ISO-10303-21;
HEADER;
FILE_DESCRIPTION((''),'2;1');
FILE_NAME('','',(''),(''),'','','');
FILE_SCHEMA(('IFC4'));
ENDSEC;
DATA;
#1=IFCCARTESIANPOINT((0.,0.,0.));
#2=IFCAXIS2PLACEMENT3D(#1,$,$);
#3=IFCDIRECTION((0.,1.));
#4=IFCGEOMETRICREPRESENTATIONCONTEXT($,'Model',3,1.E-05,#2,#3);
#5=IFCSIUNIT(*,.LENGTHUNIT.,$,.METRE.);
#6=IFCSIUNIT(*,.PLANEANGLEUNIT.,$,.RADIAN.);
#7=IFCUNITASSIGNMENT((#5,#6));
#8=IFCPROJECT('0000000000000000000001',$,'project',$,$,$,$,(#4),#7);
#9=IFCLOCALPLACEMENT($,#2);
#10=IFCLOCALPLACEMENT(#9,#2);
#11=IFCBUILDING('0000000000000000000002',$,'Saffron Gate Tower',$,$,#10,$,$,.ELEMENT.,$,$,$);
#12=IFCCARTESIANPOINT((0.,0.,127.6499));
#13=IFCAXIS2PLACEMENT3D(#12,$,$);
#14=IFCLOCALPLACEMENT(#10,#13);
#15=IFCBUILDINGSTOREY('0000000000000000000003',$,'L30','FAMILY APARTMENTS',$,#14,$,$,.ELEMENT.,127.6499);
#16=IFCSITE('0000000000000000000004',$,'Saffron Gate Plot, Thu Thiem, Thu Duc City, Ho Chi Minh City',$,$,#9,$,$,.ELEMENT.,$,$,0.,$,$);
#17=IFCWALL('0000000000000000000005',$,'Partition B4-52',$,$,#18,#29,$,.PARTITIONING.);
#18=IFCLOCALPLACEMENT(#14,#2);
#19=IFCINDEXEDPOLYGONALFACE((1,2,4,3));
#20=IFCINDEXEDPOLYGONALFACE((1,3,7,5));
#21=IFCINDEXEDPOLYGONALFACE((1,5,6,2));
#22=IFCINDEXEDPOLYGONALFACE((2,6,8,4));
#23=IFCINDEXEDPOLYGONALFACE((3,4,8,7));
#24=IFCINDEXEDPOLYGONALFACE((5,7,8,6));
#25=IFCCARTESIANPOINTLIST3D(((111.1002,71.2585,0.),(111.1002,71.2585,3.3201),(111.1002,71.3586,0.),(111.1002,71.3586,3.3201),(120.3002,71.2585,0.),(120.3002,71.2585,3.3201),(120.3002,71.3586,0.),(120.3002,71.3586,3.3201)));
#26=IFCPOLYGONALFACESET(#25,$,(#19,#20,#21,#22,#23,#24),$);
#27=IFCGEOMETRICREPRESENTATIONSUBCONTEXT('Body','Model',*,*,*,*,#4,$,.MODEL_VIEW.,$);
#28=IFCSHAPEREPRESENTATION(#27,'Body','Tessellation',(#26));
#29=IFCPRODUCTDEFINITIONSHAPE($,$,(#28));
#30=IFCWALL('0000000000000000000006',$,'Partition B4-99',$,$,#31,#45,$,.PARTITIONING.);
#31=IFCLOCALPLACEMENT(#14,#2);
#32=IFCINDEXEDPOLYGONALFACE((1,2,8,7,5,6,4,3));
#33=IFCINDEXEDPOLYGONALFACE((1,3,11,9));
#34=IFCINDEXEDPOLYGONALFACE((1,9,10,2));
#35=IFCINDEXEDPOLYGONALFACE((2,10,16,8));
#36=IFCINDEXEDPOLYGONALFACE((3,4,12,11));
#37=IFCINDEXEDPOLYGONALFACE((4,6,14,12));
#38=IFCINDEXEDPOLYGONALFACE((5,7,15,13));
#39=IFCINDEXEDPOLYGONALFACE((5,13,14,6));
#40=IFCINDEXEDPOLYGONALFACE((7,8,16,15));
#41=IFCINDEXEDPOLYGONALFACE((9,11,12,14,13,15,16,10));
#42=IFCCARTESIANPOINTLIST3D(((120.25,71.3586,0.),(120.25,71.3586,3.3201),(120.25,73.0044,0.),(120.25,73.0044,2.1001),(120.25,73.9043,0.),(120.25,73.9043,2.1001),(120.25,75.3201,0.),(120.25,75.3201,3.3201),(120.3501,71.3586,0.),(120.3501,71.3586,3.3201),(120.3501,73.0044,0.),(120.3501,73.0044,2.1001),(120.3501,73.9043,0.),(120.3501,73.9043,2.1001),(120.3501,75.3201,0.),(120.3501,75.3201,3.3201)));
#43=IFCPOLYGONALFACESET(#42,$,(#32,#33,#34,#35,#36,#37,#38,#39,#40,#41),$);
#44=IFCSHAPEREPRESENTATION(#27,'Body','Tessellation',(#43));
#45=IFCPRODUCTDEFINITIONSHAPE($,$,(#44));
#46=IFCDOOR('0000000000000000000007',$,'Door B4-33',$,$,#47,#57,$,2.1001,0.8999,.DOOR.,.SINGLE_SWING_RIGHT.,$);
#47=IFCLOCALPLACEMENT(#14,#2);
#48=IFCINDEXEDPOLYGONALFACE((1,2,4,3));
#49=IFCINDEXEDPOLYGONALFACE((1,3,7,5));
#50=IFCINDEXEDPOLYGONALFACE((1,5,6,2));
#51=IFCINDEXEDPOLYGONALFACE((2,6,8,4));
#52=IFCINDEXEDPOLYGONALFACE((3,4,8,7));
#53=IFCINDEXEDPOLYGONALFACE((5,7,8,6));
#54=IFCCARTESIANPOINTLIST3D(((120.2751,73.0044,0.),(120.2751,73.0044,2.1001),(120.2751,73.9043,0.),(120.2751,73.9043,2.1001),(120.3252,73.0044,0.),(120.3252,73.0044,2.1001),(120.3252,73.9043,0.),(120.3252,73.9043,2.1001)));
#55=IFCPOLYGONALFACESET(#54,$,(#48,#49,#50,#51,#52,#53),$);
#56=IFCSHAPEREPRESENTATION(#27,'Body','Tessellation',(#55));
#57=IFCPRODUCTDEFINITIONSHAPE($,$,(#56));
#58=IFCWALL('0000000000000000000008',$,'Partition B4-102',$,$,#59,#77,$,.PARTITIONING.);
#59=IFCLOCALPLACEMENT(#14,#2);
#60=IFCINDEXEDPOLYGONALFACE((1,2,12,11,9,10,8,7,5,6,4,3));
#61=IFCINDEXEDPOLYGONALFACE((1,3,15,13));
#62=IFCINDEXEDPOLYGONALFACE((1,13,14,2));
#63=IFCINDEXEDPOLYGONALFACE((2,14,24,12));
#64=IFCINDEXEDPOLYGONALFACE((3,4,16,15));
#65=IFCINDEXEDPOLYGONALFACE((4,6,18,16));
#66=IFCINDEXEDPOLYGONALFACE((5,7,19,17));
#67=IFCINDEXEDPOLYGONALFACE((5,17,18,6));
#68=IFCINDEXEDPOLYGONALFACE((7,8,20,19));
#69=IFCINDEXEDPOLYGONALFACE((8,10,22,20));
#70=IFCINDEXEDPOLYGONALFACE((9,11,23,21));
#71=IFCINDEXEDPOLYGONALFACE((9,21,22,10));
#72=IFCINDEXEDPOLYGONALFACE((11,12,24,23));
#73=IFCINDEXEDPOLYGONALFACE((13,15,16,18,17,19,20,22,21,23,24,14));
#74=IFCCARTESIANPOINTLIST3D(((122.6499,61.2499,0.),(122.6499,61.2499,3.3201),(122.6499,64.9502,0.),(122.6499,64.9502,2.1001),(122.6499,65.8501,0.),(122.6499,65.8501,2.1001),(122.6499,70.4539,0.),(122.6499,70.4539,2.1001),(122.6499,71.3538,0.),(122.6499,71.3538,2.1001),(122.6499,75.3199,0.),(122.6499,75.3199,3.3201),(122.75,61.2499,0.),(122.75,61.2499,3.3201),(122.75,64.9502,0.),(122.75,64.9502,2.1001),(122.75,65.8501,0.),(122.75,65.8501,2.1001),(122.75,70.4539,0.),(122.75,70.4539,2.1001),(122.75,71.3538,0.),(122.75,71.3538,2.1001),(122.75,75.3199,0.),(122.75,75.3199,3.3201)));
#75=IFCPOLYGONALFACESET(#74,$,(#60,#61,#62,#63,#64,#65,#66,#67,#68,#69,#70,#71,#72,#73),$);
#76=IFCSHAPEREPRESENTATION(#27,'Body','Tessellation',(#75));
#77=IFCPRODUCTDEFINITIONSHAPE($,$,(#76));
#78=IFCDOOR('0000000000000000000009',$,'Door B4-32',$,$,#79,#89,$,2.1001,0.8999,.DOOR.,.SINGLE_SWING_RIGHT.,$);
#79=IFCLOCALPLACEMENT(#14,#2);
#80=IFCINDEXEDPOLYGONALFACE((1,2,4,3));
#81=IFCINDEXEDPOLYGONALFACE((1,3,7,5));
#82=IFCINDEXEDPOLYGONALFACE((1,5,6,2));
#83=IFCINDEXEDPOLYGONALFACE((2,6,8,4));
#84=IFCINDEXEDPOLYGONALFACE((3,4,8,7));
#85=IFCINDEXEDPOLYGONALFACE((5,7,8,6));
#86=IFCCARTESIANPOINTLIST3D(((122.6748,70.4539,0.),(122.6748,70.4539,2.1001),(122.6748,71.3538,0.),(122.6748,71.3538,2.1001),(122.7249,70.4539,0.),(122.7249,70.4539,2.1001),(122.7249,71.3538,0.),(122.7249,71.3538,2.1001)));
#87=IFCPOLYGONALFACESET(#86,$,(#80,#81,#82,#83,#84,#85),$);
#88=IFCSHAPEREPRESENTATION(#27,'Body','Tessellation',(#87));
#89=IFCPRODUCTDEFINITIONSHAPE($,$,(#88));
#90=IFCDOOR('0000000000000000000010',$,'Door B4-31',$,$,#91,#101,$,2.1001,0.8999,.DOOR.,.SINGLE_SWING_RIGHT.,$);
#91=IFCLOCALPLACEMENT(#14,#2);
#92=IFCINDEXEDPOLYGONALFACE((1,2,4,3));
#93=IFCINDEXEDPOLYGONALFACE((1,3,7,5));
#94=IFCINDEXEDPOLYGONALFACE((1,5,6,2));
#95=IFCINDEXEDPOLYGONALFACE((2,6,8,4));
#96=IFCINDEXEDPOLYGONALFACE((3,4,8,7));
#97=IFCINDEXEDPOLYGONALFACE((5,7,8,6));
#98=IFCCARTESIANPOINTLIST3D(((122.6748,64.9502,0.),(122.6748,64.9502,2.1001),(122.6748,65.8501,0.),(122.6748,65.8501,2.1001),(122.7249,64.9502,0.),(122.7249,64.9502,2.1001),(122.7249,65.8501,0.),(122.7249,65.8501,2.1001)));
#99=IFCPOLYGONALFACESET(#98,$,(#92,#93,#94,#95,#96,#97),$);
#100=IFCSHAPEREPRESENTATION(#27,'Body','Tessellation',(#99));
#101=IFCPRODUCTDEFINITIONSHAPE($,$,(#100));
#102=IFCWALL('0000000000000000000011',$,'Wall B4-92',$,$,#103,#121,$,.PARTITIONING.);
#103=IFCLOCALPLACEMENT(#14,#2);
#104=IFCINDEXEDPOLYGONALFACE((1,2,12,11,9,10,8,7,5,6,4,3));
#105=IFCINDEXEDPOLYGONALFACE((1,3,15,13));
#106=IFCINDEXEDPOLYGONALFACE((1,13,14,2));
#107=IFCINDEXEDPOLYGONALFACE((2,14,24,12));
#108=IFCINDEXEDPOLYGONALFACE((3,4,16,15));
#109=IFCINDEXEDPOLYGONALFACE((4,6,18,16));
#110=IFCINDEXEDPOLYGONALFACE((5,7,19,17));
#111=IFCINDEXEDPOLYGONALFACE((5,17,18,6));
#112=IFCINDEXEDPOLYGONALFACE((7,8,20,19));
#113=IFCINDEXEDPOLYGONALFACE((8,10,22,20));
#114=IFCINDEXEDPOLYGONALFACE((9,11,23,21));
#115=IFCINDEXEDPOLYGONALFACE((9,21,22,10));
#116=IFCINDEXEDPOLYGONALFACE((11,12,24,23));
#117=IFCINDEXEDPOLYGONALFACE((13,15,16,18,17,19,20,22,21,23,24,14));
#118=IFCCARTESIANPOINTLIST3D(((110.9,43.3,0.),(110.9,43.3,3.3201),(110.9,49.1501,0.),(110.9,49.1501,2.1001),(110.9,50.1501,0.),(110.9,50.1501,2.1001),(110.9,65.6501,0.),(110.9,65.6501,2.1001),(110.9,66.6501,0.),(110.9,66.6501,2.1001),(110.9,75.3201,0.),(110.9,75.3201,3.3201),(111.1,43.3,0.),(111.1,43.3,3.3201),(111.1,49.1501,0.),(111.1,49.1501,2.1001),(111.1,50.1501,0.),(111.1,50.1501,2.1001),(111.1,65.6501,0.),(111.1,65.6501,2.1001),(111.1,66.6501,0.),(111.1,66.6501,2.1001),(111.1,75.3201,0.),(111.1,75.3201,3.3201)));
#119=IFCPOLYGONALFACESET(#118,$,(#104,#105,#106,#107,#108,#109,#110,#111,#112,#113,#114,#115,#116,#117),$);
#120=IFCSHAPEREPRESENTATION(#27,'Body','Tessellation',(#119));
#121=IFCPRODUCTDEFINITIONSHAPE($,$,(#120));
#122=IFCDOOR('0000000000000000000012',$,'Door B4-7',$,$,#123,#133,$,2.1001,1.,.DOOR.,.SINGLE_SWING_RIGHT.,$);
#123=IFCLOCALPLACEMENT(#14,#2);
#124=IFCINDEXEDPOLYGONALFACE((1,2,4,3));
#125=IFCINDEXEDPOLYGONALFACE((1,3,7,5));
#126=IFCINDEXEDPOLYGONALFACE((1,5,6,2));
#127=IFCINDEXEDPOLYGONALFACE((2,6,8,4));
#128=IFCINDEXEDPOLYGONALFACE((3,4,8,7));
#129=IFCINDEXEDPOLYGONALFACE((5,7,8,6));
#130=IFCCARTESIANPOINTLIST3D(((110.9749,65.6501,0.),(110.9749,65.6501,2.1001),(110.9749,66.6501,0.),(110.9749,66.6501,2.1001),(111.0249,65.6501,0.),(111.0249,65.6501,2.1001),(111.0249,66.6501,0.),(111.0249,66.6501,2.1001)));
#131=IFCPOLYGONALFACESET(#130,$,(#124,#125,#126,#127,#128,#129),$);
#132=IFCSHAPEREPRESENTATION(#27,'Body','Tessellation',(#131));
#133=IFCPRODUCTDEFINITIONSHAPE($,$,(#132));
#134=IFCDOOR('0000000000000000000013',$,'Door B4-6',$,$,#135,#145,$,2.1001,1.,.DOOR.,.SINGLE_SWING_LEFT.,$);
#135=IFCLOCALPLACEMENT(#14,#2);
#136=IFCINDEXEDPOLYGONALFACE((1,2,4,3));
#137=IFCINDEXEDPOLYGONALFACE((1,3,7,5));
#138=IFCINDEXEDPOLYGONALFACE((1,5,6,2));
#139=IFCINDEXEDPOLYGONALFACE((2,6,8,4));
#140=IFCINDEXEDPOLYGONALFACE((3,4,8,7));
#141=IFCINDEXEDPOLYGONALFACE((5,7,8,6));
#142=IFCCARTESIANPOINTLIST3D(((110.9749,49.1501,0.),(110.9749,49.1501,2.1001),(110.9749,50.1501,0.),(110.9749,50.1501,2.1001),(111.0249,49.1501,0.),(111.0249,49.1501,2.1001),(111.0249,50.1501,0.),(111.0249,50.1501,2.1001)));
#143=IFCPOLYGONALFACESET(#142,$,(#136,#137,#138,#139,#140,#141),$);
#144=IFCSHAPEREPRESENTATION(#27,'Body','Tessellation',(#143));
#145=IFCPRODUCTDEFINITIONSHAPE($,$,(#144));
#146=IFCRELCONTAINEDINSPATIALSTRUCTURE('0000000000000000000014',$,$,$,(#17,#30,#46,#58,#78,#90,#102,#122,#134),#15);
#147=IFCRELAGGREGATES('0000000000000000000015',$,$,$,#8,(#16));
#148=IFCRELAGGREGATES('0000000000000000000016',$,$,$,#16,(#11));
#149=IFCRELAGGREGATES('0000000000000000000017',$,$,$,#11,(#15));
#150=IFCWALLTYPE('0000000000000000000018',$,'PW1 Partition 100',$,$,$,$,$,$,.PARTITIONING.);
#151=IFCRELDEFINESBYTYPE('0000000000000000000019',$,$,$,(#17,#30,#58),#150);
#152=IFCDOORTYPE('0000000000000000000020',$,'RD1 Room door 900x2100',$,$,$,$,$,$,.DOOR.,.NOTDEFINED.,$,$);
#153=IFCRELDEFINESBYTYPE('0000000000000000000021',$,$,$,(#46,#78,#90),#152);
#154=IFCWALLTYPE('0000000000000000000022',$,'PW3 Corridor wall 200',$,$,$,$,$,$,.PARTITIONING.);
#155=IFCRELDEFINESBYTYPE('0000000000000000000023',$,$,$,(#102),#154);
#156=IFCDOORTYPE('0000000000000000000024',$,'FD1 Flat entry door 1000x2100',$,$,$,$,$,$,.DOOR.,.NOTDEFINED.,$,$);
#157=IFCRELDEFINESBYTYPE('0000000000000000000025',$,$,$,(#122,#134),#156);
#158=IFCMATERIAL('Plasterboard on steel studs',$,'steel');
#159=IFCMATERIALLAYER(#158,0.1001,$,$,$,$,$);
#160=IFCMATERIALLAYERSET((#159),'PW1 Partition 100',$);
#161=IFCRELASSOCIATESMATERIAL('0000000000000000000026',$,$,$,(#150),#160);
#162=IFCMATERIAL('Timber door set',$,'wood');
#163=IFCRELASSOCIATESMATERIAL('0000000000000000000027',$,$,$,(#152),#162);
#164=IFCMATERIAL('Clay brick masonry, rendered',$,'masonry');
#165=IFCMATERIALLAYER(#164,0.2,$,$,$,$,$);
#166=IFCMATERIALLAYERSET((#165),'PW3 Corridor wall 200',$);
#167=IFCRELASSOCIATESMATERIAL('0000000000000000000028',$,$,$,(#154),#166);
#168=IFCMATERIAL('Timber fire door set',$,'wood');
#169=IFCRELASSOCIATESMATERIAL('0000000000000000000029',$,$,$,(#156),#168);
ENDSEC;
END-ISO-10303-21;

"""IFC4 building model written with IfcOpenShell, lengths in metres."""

from ifc_helpers import new_model, si_unit, direction, frame, frame_2d, origin, place, context, subcontext, project, spatial, rectangle, extrude, material, layer, layer_set, type_object, element, fill, save


model = new_model("IFC4")

# Units and contexts
model_context = context("Model", 3, precision=1e-05, world=origin(), true_north=direction((0.0, 1.0)))
body_context = subcontext(model_context, "Body", "Model", "MODEL_VIEW")
ifc_project = project(units=[si_unit("LENGTHUNIT", "METRE"), si_unit("PLANEANGLEUNIT", "RADIAN")], contexts=[model_context])

# Site, building, storey
site_placement = place(None, origin())
site = spatial("IfcSite", under=ifc_project, at=site_placement, Name="Saffron Gate Plot, Thu Thiem, Thu Duc City, Ho Chi Minh City", CompositionType="ELEMENT", RefElevation=0.0)
building_placement = place(site_placement, origin())
building = spatial("IfcBuilding", under=site, at=building_placement, Name="Saffron Gate Tower", CompositionType="ELEMENT")
storey_placement = place(building_placement, frame((0.0, 0.0, 127.6499)))
storey = spatial("IfcBuildingStorey", under=building, at=storey_placement, Name="L30", Description="FAMILY APARTMENTS", CompositionType="ELEMENT", Elevation=127.6499)

# Wall
ifc_material_1 = material(Name="Plasterboard on steel studs", Category="steel")
ifc_layer_1 = layer(ifc_material_1, 0.1001)
ifc_layer_set_1 = layer_set([ifc_layer_1], Name="PW1 Partition 100")
wall_type_1 = type_object("IfcWallType", Name="PW1 Partition 100", PredefinedType="PARTITIONING", material=ifc_layer_set_1)
wall_1_placement = place(storey_placement, frame((111.1001, 71.3086, 0.0), z_axis=(0.0, 0.0, 1.0), x_axis=(1.0, 0.0, 0.0)))
element("IfcWall", 1, at=wall_1_placement, inside=storey, type_object=wall_type_1, Name="Partition B4-52", PredefinedType="PARTITIONING", context=body_context, shape_type="SweptSolid", body=[
    extrude(rectangle(XDim=9.2, YDim=0.1001, at=frame_2d((4.6001, 0.0))), origin(), (0.0, 0.0, 1.0), 3.3201),
])

# Wall, opening, door
wall_2_placement = place(storey_placement, frame((120.3, 71.3586, 0.0), z_axis=(0.0, 0.0, 1.0), x_axis=(0.0, 1.0, 0.0)))
wall_2 = element("IfcWall", 2, at=wall_2_placement, inside=storey, type_object=wall_type_1, Name="Partition B4-99", PredefinedType="PARTITIONING", context=body_context, shape_type="SweptSolid", body=[
    extrude(rectangle(XDim=3.9614, YDim=0.1001, at=frame_2d((1.9807, 0.0))), origin(), (0.0, 0.0, 1.0), 3.3201),
])
opening_1_placement = place(wall_2_placement, frame((1.6458, 0.0, 0.0)))
opening_1 = element("IfcOpeningElement", 3, at=opening_1_placement, cuts=wall_2, PredefinedType="OPENING", context=body_context, shape_type="SweptSolid", body=[
    extrude(rectangle(XDim=0.8999, YDim=2.1001, at=frame_2d((0.45, 1.05))), frame((0.0, 0.0601, 0.0), z_axis=(0.0, -1.0, 0.0), x_axis=(1.0, 0.0, 0.0)), (0.0, 0.0, 1.0), 0.1201),
])
ifc_material_2 = material(Name="Timber door set", Category="wood")
door_type_1 = type_object("IfcDoorType", Name="RD1 Room door 900x2100", OperationType="NOTDEFINED", PredefinedType="DOOR", material=ifc_material_2)
door_1_placement = place(opening_1_placement, origin())
door_1 = element("IfcDoor", 4, at=door_1_placement, inside=storey, type_object=door_type_1, Name="Door B4-33", OperationType="SINGLE_SWING_RIGHT", OverallHeight=2.1001, OverallWidth=0.8999, PredefinedType="DOOR", context=body_context, shape_type="SweptSolid", body=[
    extrude(rectangle(XDim=0.8999, YDim=2.1001, at=frame_2d((0.45, 1.05))), frame((0.0, 0.0249, 0.0), z_axis=(0.0, -1.0, 0.0), x_axis=(1.0, 0.0, 0.0)), (0.0, 0.0, 1.0), 0.05),
])
fill(opening_1, door_1)

# Walls, openings, doors
wall_3_placement = place(storey_placement, frame((122.7, 75.3201, 0.0), z_axis=(0.0, 0.0, 1.0), x_axis=(0.0, -1.0, 0.0)))
wall_3 = element("IfcWall", 5, at=wall_3_placement, inside=storey, type_object=wall_type_1, Name="Partition B4-102", PredefinedType="PARTITIONING", context=body_context, shape_type="SweptSolid", body=[
    extrude(rectangle(XDim=14.0701, YDim=0.1001, at=frame_2d((7.0352, 0.0))), origin(), (0.0, 0.0, 1.0), 3.3201),
])
opening_2_placement = place(wall_3_placement, frame((3.9663, 0.0, 0.0)))
opening_2 = element("IfcOpeningElement", 6, at=opening_2_placement, cuts=wall_3, PredefinedType="OPENING", context=body_context, shape_type="SweptSolid", body=[
    extrude(rectangle(XDim=0.8999, YDim=2.1001, at=frame_2d((0.45, 1.05))), frame((0.0, 0.0601, 0.0), z_axis=(0.0, -1.0, 0.0), x_axis=(1.0, 0.0, 0.0)), (0.0, 0.0, 1.0), 0.1201),
])
opening_3_placement = place(wall_3_placement, frame((9.47, 0.0, 0.0)))
opening_3 = element("IfcOpeningElement", 7, at=opening_3_placement, cuts=wall_3, PredefinedType="OPENING", context=body_context, shape_type="SweptSolid", body=[
    extrude(rectangle(XDim=0.8999, YDim=2.1001, at=frame_2d((0.45, 1.05))), frame((0.0, 0.0601, 0.0), z_axis=(0.0, -1.0, 0.0), x_axis=(1.0, 0.0, 0.0)), (0.0, 0.0, 1.0), 0.1201),
])
door_2_placement = place(opening_2_placement, origin())
door_2 = element("IfcDoor", 8, at=door_2_placement, inside=storey, type_object=door_type_1, Name="Door B4-32", OperationType="SINGLE_SWING_RIGHT", OverallHeight=2.1001, OverallWidth=0.8999, PredefinedType="DOOR", context=body_context, shape_type="SweptSolid", body=[
    extrude(rectangle(XDim=0.8999, YDim=2.1001, at=frame_2d((0.45, 1.05))), frame((0.0, 0.0249, 0.0), z_axis=(0.0, -1.0, 0.0), x_axis=(1.0, 0.0, 0.0)), (0.0, 0.0, 1.0), 0.05),
])
fill(opening_2, door_2)
door_3_placement = place(opening_3_placement, origin())
door_3 = element("IfcDoor", 9, at=door_3_placement, inside=storey, type_object=door_type_1, Name="Door B4-31", OperationType="SINGLE_SWING_RIGHT", OverallHeight=2.1001, OverallWidth=0.8999, PredefinedType="DOOR", context=body_context, shape_type="SweptSolid", body=[
    extrude(rectangle(XDim=0.8999, YDim=2.1001, at=frame_2d((0.45, 1.05))), frame((0.0, 0.0249, 0.0), z_axis=(0.0, -1.0, 0.0), x_axis=(1.0, 0.0, 0.0)), (0.0, 0.0, 1.0), 0.05),
])
fill(opening_3, door_3)
ifc_material_3 = material(Name="Clay brick masonry, rendered", Category="masonry")
ifc_layer_2 = layer(ifc_material_3, 0.2)
ifc_layer_set_2 = layer_set([ifc_layer_2], Name="PW3 Corridor wall 200")
wall_type_2 = type_object("IfcWallType", Name="PW3 Corridor wall 200", PredefinedType="PARTITIONING", material=ifc_layer_set_2)
wall_4_placement = place(storey_placement, frame((111.0, 75.3201, 0.0), z_axis=(0.0, 0.0, 1.0), x_axis=(0.0, -1.0, 0.0)))
wall_4 = element("IfcWall", 10, at=wall_4_placement, inside=storey, type_object=wall_type_2, Name="Wall B4-92", PredefinedType="PARTITIONING", context=body_context, shape_type="SweptSolid", body=[
    extrude(rectangle(XDim=32.02, YDim=0.2, at=frame_2d((16.01, 0.0))), origin(), (0.0, 0.0, 1.0), 3.3201),
])
opening_4_placement = place(wall_4_placement, frame((8.6699, 0.0, 0.0)))
opening_4 = element("IfcOpeningElement", 11, at=opening_4_placement, cuts=wall_4, PredefinedType="OPENING", context=body_context, shape_type="SweptSolid", body=[
    extrude(rectangle(XDim=1.0, YDim=2.1001, at=frame_2d((0.5, 1.05))), frame((0.0, 0.1099, 0.0), z_axis=(0.0, -1.0, 0.0), x_axis=(1.0, 0.0, 0.0)), (0.0, 0.0, 1.0), 0.22),
])
opening_5_placement = place(wall_4_placement, frame((25.1699, 0.0, 0.0)))
opening_5 = element("IfcOpeningElement", 12, at=opening_5_placement, cuts=wall_4, PredefinedType="OPENING", context=body_context, shape_type="SweptSolid", body=[
    extrude(rectangle(XDim=1.0, YDim=2.1001, at=frame_2d((0.5, 1.05))), frame((0.0, 0.1099, 0.0), z_axis=(0.0, -1.0, 0.0), x_axis=(1.0, 0.0, 0.0)), (0.0, 0.0, 1.0), 0.22),
])
ifc_material_4 = material(Name="Timber fire door set", Category="wood")
door_type_2 = type_object("IfcDoorType", Name="FD1 Flat entry door 1000x2100", OperationType="NOTDEFINED", PredefinedType="DOOR", material=ifc_material_4)
door_4_placement = place(opening_4_placement, origin())
door_4 = element("IfcDoor", 13, at=door_4_placement, inside=storey, type_object=door_type_2, Name="Door B4-7", OperationType="SINGLE_SWING_RIGHT", OverallHeight=2.1001, OverallWidth=1.0, PredefinedType="DOOR", context=body_context, shape_type="SweptSolid", body=[
    extrude(rectangle(XDim=1.0, YDim=2.1001, at=frame_2d((0.5, 1.05))), frame((0.0, 0.0249, 0.0), z_axis=(0.0, -1.0, 0.0), x_axis=(1.0, 0.0, 0.0)), (0.0, 0.0, 1.0), 0.05),
])
fill(opening_4, door_4)
door_5_placement = place(opening_5_placement, origin())
door_5 = element("IfcDoor", 14, at=door_5_placement, inside=storey, type_object=door_type_2, Name="Door B4-6", OperationType="SINGLE_SWING_LEFT", OverallHeight=2.1001, OverallWidth=1.0, PredefinedType="DOOR", context=body_context, shape_type="SweptSolid", body=[
    extrude(rectangle(XDim=1.0, YDim=2.1001, at=frame_2d((0.5, 1.05))), frame((0.0, 0.0249, 0.0), z_axis=(0.0, -1.0, 0.0), x_axis=(1.0, 0.0, 0.0)), (0.0, 0.0, 1.0), 0.05),
])
fill(opening_5, door_5)

save(model, "model.ifc")
